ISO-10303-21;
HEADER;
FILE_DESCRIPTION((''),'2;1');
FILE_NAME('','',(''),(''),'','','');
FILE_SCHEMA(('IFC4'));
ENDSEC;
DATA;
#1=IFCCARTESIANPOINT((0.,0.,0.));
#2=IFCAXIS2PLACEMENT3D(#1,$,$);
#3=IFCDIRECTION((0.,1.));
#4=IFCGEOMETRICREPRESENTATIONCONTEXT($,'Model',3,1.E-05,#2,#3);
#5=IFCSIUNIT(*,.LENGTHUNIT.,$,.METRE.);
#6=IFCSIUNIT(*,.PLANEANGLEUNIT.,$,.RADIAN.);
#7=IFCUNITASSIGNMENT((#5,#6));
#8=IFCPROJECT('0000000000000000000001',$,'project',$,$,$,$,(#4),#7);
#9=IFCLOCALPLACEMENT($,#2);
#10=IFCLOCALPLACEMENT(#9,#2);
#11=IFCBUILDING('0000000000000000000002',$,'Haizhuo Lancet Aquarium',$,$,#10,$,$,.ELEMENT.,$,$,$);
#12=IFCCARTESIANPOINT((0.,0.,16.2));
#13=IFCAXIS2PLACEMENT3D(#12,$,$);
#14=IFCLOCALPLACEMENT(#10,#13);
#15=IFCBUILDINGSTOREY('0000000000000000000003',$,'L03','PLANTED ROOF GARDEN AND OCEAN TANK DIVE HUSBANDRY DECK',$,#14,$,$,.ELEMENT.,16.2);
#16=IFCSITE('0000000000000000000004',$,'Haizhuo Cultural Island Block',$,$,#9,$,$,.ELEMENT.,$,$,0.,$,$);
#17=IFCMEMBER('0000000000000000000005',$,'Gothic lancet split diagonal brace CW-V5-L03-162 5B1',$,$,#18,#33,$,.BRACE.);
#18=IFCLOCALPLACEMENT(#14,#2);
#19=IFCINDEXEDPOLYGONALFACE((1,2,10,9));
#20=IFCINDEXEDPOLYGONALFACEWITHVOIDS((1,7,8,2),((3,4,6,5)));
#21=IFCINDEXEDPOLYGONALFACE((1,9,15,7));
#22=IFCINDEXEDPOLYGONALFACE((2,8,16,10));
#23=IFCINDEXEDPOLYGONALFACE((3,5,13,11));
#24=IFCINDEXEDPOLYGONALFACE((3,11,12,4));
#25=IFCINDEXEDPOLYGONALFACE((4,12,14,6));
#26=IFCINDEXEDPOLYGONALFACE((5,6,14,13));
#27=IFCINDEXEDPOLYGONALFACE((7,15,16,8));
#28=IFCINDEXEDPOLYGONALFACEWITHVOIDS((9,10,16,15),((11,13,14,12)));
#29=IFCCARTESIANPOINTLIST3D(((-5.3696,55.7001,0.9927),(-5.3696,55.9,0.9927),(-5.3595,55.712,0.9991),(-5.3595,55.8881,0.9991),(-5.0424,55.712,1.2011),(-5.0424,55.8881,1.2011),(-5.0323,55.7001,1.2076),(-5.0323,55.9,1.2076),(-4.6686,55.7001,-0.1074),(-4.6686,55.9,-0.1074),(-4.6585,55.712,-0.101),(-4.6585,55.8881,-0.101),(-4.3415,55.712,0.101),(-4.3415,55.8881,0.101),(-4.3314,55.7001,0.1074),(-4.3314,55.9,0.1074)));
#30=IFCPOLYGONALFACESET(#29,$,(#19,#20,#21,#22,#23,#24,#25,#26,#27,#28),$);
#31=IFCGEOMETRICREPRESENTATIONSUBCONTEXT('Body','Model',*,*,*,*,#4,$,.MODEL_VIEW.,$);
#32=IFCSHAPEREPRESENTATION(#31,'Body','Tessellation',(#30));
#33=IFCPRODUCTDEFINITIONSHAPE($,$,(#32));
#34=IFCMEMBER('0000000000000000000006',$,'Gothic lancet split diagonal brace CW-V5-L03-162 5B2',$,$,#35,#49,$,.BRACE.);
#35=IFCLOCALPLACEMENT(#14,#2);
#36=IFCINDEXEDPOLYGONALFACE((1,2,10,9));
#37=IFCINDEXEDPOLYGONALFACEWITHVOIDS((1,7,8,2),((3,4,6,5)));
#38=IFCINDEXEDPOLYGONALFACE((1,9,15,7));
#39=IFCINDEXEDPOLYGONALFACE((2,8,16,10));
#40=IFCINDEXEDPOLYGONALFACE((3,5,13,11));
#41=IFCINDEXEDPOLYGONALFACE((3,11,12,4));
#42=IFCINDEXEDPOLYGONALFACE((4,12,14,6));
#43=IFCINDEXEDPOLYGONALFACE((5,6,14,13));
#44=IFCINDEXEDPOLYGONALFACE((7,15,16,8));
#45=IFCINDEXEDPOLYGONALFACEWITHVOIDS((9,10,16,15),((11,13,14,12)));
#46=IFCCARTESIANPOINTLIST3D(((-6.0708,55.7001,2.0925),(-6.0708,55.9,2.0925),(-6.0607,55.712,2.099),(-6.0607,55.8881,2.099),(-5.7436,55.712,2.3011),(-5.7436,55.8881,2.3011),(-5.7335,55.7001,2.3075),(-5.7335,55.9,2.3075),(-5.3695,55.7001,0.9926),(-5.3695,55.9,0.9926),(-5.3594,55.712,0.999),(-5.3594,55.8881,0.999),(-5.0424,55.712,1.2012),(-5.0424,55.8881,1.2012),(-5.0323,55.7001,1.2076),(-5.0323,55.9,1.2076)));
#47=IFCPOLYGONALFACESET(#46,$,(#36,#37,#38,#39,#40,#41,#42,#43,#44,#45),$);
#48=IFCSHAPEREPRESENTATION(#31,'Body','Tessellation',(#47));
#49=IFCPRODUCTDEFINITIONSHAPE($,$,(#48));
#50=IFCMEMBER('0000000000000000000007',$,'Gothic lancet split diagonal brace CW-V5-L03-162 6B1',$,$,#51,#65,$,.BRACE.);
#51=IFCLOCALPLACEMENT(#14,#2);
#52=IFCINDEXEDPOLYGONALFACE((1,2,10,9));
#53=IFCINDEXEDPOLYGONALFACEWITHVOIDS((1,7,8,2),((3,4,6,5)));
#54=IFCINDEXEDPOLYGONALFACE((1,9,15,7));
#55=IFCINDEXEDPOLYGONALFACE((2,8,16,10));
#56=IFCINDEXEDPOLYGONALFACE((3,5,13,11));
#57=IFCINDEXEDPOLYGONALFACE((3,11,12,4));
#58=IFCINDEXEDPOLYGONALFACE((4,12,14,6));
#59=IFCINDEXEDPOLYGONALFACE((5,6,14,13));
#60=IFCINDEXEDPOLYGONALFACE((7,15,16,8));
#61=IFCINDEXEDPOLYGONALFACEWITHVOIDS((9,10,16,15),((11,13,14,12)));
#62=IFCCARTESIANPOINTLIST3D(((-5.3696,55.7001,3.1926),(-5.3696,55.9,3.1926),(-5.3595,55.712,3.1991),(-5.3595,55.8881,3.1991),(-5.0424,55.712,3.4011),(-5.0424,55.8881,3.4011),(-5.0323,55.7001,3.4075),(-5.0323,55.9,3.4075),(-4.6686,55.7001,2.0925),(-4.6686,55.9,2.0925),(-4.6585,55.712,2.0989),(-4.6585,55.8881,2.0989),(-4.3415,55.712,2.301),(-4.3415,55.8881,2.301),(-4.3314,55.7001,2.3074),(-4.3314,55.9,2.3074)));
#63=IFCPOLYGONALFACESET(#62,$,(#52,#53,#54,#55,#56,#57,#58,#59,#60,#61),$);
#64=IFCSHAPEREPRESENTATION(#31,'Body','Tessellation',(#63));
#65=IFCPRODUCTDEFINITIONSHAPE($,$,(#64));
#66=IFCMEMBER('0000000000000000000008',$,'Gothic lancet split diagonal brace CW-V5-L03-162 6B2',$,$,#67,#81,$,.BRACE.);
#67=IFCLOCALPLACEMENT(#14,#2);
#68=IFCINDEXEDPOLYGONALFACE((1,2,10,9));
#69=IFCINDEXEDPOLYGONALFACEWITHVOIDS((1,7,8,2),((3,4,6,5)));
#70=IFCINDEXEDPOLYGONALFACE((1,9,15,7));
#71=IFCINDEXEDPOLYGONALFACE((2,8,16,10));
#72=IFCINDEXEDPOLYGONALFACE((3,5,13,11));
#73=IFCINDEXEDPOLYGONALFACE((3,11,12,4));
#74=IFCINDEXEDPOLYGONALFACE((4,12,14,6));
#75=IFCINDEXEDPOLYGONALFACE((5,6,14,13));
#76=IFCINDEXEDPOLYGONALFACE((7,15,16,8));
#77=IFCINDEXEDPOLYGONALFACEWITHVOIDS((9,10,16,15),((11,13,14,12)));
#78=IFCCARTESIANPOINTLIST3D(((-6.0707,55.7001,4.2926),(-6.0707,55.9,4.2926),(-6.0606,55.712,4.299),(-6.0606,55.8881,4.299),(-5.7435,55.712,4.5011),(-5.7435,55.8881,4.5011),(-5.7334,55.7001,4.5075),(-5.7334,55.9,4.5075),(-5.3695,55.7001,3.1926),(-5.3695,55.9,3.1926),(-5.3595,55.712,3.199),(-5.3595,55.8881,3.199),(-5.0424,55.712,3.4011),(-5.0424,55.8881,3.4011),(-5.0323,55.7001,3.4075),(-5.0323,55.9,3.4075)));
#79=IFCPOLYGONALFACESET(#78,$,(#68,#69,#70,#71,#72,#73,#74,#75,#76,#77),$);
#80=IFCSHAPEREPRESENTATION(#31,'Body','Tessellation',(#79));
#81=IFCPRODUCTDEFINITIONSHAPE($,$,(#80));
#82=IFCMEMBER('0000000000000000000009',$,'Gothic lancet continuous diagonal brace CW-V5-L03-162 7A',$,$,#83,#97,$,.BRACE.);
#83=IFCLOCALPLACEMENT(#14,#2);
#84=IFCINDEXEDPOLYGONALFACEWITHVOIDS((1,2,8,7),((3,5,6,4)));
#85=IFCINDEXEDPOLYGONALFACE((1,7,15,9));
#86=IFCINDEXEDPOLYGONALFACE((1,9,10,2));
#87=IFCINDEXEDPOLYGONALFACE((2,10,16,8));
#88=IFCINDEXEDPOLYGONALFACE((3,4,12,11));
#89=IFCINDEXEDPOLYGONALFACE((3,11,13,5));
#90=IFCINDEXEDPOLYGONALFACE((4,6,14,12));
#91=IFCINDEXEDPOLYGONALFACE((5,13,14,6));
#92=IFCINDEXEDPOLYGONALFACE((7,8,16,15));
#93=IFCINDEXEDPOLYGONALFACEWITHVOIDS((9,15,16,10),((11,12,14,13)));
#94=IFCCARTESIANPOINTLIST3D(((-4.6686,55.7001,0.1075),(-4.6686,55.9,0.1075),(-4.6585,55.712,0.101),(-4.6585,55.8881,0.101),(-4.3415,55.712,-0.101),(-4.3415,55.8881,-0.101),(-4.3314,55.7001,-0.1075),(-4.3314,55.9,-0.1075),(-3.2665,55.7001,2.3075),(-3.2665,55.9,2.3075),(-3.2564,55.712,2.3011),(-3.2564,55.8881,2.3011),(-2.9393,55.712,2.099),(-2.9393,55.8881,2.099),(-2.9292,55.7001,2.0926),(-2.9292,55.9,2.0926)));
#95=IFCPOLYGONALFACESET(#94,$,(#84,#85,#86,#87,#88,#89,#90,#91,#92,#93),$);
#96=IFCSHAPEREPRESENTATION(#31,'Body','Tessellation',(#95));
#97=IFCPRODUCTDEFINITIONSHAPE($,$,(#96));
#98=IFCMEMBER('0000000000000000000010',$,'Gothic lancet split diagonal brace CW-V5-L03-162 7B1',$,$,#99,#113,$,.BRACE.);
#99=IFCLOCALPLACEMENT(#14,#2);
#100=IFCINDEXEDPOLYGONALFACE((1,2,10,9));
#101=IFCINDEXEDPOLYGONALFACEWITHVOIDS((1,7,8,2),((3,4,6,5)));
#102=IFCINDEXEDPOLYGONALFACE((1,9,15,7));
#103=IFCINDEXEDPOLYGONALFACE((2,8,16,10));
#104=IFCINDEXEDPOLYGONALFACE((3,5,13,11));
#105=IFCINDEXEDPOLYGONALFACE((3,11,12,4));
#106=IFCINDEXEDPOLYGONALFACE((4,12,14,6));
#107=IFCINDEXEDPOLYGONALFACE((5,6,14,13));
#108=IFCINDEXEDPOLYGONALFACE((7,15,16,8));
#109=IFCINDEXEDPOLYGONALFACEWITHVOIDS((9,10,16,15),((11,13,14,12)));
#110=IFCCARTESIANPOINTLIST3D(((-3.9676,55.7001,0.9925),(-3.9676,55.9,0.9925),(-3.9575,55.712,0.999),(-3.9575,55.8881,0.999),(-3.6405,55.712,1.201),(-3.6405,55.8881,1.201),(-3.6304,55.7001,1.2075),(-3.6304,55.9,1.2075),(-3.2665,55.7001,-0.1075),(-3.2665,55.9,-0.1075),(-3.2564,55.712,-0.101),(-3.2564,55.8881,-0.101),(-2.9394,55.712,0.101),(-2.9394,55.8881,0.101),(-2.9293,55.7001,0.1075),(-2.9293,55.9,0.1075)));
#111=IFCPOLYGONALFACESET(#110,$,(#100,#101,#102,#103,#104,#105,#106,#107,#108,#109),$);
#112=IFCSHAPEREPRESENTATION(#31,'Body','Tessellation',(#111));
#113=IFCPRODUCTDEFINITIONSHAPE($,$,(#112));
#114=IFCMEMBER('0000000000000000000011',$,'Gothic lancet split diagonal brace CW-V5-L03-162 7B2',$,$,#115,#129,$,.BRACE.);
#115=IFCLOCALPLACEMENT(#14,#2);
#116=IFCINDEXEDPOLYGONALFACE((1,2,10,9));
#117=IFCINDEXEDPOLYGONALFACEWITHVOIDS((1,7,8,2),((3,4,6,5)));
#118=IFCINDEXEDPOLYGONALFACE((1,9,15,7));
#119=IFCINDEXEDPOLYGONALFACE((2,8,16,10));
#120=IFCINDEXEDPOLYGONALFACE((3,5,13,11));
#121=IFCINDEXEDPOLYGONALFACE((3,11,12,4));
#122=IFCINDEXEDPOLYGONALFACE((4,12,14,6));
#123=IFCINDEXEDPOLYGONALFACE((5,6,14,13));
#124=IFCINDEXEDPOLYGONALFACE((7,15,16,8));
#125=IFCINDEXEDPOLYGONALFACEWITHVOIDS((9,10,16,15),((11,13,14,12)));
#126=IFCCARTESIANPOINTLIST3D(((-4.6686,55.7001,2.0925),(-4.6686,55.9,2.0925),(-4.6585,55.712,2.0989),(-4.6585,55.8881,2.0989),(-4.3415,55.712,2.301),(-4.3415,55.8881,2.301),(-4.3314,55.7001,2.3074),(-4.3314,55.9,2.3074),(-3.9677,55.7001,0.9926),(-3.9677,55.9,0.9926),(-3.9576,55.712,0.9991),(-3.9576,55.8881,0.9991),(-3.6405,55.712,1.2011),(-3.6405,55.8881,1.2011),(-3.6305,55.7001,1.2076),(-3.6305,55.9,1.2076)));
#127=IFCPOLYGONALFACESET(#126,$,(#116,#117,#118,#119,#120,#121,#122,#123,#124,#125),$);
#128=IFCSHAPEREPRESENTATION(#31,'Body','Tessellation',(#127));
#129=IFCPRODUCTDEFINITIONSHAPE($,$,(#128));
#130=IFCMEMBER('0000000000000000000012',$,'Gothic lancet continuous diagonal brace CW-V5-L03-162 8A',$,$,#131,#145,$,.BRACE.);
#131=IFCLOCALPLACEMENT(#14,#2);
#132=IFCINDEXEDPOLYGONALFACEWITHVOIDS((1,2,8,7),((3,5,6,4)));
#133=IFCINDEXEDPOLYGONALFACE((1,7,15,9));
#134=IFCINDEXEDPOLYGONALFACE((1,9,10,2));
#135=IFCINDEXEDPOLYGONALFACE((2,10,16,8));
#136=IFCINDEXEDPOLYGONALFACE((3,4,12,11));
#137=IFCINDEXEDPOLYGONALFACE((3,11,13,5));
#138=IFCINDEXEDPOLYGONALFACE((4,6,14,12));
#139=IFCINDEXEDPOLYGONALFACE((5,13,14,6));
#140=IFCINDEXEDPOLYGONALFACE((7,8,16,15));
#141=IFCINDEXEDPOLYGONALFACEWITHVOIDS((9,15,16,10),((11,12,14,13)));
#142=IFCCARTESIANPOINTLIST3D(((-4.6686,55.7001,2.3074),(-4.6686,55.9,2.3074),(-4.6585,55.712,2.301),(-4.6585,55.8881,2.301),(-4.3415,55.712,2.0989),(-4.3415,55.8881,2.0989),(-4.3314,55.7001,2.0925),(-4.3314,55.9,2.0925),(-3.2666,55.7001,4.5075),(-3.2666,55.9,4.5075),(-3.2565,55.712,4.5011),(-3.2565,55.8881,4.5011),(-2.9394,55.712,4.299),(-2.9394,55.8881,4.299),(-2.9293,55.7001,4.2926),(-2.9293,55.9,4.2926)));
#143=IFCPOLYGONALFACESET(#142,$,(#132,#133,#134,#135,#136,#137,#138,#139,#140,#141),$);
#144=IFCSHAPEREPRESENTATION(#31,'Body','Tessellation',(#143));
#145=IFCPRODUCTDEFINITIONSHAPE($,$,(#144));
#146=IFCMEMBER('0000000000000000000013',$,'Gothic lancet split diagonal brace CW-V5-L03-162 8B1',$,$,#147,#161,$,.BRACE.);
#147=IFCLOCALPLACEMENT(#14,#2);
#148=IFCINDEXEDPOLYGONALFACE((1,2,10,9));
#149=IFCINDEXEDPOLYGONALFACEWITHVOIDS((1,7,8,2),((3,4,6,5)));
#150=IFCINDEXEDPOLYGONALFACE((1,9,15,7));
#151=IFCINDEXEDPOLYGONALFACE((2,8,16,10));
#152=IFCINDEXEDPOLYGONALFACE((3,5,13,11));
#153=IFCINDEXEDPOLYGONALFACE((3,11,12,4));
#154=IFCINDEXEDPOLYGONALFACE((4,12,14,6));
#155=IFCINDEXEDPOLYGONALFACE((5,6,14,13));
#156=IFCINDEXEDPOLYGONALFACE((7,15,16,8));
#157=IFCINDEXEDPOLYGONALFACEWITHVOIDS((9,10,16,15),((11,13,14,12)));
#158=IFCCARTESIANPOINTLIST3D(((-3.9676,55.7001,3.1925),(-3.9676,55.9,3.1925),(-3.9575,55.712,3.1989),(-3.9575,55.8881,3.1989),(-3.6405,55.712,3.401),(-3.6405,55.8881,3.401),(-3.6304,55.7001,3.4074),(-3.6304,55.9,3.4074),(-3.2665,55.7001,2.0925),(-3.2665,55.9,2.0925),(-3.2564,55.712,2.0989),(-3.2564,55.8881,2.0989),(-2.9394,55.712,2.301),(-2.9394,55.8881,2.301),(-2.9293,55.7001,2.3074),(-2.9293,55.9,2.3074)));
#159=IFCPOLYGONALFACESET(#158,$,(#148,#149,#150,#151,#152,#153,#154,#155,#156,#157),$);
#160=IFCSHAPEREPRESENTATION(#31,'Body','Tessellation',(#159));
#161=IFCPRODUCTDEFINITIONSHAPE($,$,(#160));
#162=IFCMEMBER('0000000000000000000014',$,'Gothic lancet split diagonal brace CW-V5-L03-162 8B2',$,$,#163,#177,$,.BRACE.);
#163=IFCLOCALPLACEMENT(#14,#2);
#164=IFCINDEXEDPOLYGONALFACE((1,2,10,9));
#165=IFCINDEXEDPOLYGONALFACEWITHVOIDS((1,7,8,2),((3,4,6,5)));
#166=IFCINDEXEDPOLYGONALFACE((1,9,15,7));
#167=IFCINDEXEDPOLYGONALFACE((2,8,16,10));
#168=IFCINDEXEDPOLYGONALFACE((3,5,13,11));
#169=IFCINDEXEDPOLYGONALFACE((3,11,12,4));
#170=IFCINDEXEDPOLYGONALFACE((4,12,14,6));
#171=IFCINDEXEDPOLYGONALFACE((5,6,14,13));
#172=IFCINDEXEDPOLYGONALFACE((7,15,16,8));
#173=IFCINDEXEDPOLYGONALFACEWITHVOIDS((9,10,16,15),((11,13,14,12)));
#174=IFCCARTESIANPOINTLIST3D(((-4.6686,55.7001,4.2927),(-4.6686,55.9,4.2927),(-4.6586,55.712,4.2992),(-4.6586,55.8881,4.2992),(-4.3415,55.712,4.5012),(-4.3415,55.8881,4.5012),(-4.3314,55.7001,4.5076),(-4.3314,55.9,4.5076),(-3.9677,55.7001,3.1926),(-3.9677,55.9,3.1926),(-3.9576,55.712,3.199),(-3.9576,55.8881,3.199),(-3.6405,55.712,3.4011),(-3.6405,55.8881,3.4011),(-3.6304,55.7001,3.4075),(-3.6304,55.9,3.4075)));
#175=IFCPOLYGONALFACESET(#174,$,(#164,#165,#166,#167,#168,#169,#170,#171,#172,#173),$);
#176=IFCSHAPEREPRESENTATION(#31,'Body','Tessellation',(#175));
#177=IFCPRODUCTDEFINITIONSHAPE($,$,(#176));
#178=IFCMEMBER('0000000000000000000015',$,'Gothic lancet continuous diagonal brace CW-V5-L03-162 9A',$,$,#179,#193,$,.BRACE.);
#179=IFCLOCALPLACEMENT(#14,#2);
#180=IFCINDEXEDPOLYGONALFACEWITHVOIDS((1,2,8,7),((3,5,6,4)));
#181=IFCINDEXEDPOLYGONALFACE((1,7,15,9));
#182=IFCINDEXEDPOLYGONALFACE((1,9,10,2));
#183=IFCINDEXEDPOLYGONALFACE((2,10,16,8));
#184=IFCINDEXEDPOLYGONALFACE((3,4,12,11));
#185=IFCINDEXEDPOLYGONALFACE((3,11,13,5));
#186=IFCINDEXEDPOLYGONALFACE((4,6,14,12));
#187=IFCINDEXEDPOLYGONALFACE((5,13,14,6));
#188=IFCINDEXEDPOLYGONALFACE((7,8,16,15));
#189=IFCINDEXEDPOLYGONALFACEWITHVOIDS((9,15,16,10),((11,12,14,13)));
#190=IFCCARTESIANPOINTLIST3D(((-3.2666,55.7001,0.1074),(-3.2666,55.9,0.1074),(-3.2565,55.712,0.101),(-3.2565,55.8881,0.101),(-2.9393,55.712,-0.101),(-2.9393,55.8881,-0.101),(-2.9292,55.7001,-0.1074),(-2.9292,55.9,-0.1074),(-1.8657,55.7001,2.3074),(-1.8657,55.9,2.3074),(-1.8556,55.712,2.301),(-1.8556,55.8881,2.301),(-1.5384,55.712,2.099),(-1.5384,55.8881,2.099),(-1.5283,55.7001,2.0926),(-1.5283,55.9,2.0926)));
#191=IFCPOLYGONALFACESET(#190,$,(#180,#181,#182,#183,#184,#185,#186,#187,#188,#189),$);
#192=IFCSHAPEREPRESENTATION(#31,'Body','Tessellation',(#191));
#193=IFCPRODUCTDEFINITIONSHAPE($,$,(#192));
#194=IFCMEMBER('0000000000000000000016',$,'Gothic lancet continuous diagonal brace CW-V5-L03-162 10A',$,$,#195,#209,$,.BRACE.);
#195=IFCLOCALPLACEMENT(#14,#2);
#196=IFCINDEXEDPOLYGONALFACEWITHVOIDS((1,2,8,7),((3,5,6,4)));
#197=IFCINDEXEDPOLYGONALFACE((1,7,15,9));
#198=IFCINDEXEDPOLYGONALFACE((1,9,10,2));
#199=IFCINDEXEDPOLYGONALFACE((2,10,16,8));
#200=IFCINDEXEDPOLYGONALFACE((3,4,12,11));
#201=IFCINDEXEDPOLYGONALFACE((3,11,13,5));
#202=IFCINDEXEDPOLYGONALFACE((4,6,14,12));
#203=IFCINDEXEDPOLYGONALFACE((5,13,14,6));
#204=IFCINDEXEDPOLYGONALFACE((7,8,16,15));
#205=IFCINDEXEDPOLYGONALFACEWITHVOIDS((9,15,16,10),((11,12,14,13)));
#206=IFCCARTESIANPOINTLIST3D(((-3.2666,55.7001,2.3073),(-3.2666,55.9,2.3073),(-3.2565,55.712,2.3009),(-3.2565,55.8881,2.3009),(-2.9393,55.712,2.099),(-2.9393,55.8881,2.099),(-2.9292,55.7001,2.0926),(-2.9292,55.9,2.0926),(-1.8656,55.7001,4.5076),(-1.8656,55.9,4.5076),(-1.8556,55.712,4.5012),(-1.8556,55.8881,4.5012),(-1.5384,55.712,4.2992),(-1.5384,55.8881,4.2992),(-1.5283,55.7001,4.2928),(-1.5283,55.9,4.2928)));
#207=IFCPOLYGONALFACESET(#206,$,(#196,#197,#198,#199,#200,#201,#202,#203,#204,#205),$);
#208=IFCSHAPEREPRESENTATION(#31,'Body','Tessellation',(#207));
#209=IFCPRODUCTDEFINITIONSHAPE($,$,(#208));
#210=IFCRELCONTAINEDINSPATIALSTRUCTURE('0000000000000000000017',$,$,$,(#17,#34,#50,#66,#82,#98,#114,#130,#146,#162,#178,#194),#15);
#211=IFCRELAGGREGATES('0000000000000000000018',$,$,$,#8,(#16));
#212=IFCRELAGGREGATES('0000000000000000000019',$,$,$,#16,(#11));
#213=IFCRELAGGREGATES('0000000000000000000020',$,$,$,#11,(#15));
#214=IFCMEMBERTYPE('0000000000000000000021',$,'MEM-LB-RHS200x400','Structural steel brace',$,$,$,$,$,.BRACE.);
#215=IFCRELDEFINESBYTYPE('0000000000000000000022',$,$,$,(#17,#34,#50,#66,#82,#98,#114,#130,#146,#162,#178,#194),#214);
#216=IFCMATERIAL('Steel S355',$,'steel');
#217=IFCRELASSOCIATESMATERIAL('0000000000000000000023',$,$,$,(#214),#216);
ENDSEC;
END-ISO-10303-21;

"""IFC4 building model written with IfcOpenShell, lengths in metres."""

from ifc_helpers import new_model, si_unit, direction, frame, origin, origin_2d, place, context, subcontext, project, spatial, hollow_rectangle, extrude, material, material_profile, profile_set, type_object, element, save


model = new_model("IFC4")

# Units and contexts
model_context = context("Model", 3, precision=1e-05, world=origin(), true_north=direction((0.0, 1.0)))
body_context = subcontext(model_context, "Body", "Model", "MODEL_VIEW")
ifc_project = project(units=[si_unit("LENGTHUNIT", "METRE"), si_unit("PLANEANGLEUNIT", "RADIAN")], contexts=[model_context])

# Site, building, storey
site_placement = place(None, origin())
site = spatial("IfcSite", under=ifc_project, at=site_placement, Name="Haizhuo Cultural Island Block", CompositionType="ELEMENT", RefElevation=0.0)
building_placement = place(site_placement, origin())
building = spatial("IfcBuilding", under=site, at=building_placement, Name="Haizhuo Lancet Aquarium", CompositionType="ELEMENT")
storey_placement = place(building_placement, frame((0.0, 0.0, 16.2)))
storey = spatial("IfcBuildingStorey", under=building, at=storey_placement, Name="L03", Description="PLANTED ROOF GARDEN AND OCEAN TANK DIVE HUSBANDRY DECK", CompositionType="ELEMENT", Elevation=16.2)

# Members
ifc_material_1 = material(Name="Steel S355", Category="steel")
ifc_material_profile_1 = material_profile(ifc_material_1, hollow_rectangle(XDim=0.2, YDim=0.3999, WallThickness=0.012, at=origin_2d()), Name="RHS 200x400x12")
ifc_profile_set_1 = profile_set([ifc_material_profile_1], Name="Steel S355")
member_type_1 = type_object("IfcMemberType", Name="MEM-LB-RHS200x400", Description="Structural steel brace", PredefinedType="BRACE", material=ifc_profile_set_1)
for number, where, z_axis, x_axis, name in (
    (1, (-4.5, 55.8, 0.0), (-0.537348, 0.0, 0.843361), (0.0, -1.0, 0.0), "Gothic lancet split diagonal brace CW-V5-L03-162 5B1"),
    (2, (-5.2009, 55.8, 1.1001), (-0.537566, 0.0, 0.843222), (0.0, -1.0, 0.0), "Gothic lancet split diagonal brace CW-V5-L03-162 5B2"),
    (3, (-4.5, 55.8, 2.2), (-0.537348, 0.0, 0.843361), (0.0, -1.0, 0.0), "Gothic lancet split diagonal brace CW-V5-L03-162 6B1"),
    (4, (-5.2009, 55.8, 3.3), (-0.537481, 0.0, 0.843276), (0.0, -1.0, 0.0), "Gothic lancet split diagonal brace CW-V5-L03-162 6B2"),
):
    element("IfcMember", number, at=place(storey_placement, frame(where, z_axis=z_axis, x_axis=x_axis)), inside=storey, type_object=member_type_1, Name=name, PredefinedType="BRACE", context=body_context, shape_type="SweptSolid", body=[
        extrude(hollow_rectangle(XDim=0.2, YDim=0.3999, WallThickness=0.012, at=origin_2d()), origin(), (0.0, 0.0, 1.0), 1.3044),
    ])
member_1_placement = place(storey_placement, frame((-4.5, 55.8, 0.0), z_axis=(0.537457, 0.0, 0.843291), x_axis=(0.0, 1.0, 0.0)))
element("IfcMember", 5, at=member_1_placement, inside=storey, type_object=member_type_1, Name="Gothic lancet continuous diagonal brace CW-V5-L03-162 7A", PredefinedType="BRACE", context=body_context, shape_type="SweptSolid", body=[
    extrude(hollow_rectangle(XDim=0.2, YDim=0.3999, WallThickness=0.012, at=origin_2d()), origin(), (0.0, 0.0, 1.0), 2.6089),
])
member_2_placement = place(storey_placement, frame((-3.0979, 55.8, 0.0), z_axis=(-0.537481, 0.0, 0.843276), x_axis=(0.0, -1.0, 0.0)))
element("IfcMember", 6, at=member_2_placement, inside=storey, type_object=member_type_1, Name="Gothic lancet split diagonal brace CW-V5-L03-162 7B1", PredefinedType="BRACE", context=body_context, shape_type="SweptSolid", body=[
    extrude(hollow_rectangle(XDim=0.2, YDim=0.3999, WallThickness=0.012, at=origin_2d()), origin(), (0.0, 0.0, 1.0), 1.3044),
])
member_3_placement = place(storey_placement, frame((-3.7991, 55.8, 1.1001), z_axis=(-0.537433, 0.0, 0.843307), x_axis=(0.0, -1.0, 0.0)))
element("IfcMember", 7, at=member_3_placement, inside=storey, type_object=member_type_1, Name="Gothic lancet split diagonal brace CW-V5-L03-162 7B2", PredefinedType="BRACE", context=body_context, shape_type="SweptSolid", body=[
    extrude(hollow_rectangle(XDim=0.2, YDim=0.3999, WallThickness=0.012, at=origin_2d()), origin(), (0.0, 0.0, 1.0), 1.3042),
])
member_4_placement = place(storey_placement, frame((-4.5, 55.8, 2.2), z_axis=(0.537414, 0.0, 0.843318), x_axis=(0.0, 1.0, 0.0)))
element("IfcMember", 8, at=member_4_placement, inside=storey, type_object=member_type_1, Name="Gothic lancet continuous diagonal brace CW-V5-L03-162 8A", PredefinedType="BRACE", context=body_context, shape_type="SweptSolid", body=[
    extrude(hollow_rectangle(XDim=0.2, YDim=0.3999, WallThickness=0.012, at=origin_2d()), origin(), (0.0, 0.0, 1.0), 2.6089),
])
for number, where, z_axis, x_axis, name in (
    (9, (-3.0979, 55.8, 2.2), (-0.537481, 0.0, 0.843276), (0.0, -1.0, 0.0), "Gothic lancet split diagonal brace CW-V5-L03-162 8B1"),
    (10, (-3.7991, 55.8, 3.3), (-0.537348, 0.0, 0.843361), (0.0, -1.0, 0.0), "Gothic lancet split diagonal brace CW-V5-L03-162 8B2"),
):
    element("IfcMember", number, at=place(storey_placement, frame(where, z_axis=z_axis, x_axis=x_axis)), inside=storey, type_object=member_type_1, Name=name, PredefinedType="BRACE", context=body_context, shape_type="SweptSolid", body=[
        extrude(hollow_rectangle(XDim=0.2, YDim=0.3999, WallThickness=0.012, at=origin_2d()), origin(), (0.0, 0.0, 1.0), 1.3044),
    ])
member_5_placement = place(storey_placement, frame((-3.0979, 55.8, 0.0), z_axis=(0.537124, 0.0, 0.843503), x_axis=(0.0, 1.0, 0.0)))
element("IfcMember", 11, at=member_5_placement, inside=storey, type_object=member_type_1, Name="Gothic lancet continuous diagonal brace CW-V5-L03-162 9A", PredefinedType="BRACE", context=body_context, shape_type="SweptSolid", body=[
    extrude(hollow_rectangle(XDim=0.2, YDim=0.3999, WallThickness=0.012, at=origin_2d()), origin(), (0.0, 0.0, 1.0), 2.6082),
])
member_6_placement = place(storey_placement, frame((-3.0979, 55.8, 2.2), z_axis=(0.537081, 0.0, 0.84353), x_axis=(0.0, 1.0, 0.0)))
element("IfcMember", 12, at=member_6_placement, inside=storey, type_object=member_type_1, Name="Gothic lancet continuous diagonal brace CW-V5-L03-162 10A", PredefinedType="BRACE", context=body_context, shape_type="SweptSolid", body=[
    extrude(hollow_rectangle(XDim=0.2, YDim=0.3999, WallThickness=0.012, at=origin_2d()), origin(), (0.0, 0.0, 1.0), 2.6084),
])

save(model, "model.ifc")
